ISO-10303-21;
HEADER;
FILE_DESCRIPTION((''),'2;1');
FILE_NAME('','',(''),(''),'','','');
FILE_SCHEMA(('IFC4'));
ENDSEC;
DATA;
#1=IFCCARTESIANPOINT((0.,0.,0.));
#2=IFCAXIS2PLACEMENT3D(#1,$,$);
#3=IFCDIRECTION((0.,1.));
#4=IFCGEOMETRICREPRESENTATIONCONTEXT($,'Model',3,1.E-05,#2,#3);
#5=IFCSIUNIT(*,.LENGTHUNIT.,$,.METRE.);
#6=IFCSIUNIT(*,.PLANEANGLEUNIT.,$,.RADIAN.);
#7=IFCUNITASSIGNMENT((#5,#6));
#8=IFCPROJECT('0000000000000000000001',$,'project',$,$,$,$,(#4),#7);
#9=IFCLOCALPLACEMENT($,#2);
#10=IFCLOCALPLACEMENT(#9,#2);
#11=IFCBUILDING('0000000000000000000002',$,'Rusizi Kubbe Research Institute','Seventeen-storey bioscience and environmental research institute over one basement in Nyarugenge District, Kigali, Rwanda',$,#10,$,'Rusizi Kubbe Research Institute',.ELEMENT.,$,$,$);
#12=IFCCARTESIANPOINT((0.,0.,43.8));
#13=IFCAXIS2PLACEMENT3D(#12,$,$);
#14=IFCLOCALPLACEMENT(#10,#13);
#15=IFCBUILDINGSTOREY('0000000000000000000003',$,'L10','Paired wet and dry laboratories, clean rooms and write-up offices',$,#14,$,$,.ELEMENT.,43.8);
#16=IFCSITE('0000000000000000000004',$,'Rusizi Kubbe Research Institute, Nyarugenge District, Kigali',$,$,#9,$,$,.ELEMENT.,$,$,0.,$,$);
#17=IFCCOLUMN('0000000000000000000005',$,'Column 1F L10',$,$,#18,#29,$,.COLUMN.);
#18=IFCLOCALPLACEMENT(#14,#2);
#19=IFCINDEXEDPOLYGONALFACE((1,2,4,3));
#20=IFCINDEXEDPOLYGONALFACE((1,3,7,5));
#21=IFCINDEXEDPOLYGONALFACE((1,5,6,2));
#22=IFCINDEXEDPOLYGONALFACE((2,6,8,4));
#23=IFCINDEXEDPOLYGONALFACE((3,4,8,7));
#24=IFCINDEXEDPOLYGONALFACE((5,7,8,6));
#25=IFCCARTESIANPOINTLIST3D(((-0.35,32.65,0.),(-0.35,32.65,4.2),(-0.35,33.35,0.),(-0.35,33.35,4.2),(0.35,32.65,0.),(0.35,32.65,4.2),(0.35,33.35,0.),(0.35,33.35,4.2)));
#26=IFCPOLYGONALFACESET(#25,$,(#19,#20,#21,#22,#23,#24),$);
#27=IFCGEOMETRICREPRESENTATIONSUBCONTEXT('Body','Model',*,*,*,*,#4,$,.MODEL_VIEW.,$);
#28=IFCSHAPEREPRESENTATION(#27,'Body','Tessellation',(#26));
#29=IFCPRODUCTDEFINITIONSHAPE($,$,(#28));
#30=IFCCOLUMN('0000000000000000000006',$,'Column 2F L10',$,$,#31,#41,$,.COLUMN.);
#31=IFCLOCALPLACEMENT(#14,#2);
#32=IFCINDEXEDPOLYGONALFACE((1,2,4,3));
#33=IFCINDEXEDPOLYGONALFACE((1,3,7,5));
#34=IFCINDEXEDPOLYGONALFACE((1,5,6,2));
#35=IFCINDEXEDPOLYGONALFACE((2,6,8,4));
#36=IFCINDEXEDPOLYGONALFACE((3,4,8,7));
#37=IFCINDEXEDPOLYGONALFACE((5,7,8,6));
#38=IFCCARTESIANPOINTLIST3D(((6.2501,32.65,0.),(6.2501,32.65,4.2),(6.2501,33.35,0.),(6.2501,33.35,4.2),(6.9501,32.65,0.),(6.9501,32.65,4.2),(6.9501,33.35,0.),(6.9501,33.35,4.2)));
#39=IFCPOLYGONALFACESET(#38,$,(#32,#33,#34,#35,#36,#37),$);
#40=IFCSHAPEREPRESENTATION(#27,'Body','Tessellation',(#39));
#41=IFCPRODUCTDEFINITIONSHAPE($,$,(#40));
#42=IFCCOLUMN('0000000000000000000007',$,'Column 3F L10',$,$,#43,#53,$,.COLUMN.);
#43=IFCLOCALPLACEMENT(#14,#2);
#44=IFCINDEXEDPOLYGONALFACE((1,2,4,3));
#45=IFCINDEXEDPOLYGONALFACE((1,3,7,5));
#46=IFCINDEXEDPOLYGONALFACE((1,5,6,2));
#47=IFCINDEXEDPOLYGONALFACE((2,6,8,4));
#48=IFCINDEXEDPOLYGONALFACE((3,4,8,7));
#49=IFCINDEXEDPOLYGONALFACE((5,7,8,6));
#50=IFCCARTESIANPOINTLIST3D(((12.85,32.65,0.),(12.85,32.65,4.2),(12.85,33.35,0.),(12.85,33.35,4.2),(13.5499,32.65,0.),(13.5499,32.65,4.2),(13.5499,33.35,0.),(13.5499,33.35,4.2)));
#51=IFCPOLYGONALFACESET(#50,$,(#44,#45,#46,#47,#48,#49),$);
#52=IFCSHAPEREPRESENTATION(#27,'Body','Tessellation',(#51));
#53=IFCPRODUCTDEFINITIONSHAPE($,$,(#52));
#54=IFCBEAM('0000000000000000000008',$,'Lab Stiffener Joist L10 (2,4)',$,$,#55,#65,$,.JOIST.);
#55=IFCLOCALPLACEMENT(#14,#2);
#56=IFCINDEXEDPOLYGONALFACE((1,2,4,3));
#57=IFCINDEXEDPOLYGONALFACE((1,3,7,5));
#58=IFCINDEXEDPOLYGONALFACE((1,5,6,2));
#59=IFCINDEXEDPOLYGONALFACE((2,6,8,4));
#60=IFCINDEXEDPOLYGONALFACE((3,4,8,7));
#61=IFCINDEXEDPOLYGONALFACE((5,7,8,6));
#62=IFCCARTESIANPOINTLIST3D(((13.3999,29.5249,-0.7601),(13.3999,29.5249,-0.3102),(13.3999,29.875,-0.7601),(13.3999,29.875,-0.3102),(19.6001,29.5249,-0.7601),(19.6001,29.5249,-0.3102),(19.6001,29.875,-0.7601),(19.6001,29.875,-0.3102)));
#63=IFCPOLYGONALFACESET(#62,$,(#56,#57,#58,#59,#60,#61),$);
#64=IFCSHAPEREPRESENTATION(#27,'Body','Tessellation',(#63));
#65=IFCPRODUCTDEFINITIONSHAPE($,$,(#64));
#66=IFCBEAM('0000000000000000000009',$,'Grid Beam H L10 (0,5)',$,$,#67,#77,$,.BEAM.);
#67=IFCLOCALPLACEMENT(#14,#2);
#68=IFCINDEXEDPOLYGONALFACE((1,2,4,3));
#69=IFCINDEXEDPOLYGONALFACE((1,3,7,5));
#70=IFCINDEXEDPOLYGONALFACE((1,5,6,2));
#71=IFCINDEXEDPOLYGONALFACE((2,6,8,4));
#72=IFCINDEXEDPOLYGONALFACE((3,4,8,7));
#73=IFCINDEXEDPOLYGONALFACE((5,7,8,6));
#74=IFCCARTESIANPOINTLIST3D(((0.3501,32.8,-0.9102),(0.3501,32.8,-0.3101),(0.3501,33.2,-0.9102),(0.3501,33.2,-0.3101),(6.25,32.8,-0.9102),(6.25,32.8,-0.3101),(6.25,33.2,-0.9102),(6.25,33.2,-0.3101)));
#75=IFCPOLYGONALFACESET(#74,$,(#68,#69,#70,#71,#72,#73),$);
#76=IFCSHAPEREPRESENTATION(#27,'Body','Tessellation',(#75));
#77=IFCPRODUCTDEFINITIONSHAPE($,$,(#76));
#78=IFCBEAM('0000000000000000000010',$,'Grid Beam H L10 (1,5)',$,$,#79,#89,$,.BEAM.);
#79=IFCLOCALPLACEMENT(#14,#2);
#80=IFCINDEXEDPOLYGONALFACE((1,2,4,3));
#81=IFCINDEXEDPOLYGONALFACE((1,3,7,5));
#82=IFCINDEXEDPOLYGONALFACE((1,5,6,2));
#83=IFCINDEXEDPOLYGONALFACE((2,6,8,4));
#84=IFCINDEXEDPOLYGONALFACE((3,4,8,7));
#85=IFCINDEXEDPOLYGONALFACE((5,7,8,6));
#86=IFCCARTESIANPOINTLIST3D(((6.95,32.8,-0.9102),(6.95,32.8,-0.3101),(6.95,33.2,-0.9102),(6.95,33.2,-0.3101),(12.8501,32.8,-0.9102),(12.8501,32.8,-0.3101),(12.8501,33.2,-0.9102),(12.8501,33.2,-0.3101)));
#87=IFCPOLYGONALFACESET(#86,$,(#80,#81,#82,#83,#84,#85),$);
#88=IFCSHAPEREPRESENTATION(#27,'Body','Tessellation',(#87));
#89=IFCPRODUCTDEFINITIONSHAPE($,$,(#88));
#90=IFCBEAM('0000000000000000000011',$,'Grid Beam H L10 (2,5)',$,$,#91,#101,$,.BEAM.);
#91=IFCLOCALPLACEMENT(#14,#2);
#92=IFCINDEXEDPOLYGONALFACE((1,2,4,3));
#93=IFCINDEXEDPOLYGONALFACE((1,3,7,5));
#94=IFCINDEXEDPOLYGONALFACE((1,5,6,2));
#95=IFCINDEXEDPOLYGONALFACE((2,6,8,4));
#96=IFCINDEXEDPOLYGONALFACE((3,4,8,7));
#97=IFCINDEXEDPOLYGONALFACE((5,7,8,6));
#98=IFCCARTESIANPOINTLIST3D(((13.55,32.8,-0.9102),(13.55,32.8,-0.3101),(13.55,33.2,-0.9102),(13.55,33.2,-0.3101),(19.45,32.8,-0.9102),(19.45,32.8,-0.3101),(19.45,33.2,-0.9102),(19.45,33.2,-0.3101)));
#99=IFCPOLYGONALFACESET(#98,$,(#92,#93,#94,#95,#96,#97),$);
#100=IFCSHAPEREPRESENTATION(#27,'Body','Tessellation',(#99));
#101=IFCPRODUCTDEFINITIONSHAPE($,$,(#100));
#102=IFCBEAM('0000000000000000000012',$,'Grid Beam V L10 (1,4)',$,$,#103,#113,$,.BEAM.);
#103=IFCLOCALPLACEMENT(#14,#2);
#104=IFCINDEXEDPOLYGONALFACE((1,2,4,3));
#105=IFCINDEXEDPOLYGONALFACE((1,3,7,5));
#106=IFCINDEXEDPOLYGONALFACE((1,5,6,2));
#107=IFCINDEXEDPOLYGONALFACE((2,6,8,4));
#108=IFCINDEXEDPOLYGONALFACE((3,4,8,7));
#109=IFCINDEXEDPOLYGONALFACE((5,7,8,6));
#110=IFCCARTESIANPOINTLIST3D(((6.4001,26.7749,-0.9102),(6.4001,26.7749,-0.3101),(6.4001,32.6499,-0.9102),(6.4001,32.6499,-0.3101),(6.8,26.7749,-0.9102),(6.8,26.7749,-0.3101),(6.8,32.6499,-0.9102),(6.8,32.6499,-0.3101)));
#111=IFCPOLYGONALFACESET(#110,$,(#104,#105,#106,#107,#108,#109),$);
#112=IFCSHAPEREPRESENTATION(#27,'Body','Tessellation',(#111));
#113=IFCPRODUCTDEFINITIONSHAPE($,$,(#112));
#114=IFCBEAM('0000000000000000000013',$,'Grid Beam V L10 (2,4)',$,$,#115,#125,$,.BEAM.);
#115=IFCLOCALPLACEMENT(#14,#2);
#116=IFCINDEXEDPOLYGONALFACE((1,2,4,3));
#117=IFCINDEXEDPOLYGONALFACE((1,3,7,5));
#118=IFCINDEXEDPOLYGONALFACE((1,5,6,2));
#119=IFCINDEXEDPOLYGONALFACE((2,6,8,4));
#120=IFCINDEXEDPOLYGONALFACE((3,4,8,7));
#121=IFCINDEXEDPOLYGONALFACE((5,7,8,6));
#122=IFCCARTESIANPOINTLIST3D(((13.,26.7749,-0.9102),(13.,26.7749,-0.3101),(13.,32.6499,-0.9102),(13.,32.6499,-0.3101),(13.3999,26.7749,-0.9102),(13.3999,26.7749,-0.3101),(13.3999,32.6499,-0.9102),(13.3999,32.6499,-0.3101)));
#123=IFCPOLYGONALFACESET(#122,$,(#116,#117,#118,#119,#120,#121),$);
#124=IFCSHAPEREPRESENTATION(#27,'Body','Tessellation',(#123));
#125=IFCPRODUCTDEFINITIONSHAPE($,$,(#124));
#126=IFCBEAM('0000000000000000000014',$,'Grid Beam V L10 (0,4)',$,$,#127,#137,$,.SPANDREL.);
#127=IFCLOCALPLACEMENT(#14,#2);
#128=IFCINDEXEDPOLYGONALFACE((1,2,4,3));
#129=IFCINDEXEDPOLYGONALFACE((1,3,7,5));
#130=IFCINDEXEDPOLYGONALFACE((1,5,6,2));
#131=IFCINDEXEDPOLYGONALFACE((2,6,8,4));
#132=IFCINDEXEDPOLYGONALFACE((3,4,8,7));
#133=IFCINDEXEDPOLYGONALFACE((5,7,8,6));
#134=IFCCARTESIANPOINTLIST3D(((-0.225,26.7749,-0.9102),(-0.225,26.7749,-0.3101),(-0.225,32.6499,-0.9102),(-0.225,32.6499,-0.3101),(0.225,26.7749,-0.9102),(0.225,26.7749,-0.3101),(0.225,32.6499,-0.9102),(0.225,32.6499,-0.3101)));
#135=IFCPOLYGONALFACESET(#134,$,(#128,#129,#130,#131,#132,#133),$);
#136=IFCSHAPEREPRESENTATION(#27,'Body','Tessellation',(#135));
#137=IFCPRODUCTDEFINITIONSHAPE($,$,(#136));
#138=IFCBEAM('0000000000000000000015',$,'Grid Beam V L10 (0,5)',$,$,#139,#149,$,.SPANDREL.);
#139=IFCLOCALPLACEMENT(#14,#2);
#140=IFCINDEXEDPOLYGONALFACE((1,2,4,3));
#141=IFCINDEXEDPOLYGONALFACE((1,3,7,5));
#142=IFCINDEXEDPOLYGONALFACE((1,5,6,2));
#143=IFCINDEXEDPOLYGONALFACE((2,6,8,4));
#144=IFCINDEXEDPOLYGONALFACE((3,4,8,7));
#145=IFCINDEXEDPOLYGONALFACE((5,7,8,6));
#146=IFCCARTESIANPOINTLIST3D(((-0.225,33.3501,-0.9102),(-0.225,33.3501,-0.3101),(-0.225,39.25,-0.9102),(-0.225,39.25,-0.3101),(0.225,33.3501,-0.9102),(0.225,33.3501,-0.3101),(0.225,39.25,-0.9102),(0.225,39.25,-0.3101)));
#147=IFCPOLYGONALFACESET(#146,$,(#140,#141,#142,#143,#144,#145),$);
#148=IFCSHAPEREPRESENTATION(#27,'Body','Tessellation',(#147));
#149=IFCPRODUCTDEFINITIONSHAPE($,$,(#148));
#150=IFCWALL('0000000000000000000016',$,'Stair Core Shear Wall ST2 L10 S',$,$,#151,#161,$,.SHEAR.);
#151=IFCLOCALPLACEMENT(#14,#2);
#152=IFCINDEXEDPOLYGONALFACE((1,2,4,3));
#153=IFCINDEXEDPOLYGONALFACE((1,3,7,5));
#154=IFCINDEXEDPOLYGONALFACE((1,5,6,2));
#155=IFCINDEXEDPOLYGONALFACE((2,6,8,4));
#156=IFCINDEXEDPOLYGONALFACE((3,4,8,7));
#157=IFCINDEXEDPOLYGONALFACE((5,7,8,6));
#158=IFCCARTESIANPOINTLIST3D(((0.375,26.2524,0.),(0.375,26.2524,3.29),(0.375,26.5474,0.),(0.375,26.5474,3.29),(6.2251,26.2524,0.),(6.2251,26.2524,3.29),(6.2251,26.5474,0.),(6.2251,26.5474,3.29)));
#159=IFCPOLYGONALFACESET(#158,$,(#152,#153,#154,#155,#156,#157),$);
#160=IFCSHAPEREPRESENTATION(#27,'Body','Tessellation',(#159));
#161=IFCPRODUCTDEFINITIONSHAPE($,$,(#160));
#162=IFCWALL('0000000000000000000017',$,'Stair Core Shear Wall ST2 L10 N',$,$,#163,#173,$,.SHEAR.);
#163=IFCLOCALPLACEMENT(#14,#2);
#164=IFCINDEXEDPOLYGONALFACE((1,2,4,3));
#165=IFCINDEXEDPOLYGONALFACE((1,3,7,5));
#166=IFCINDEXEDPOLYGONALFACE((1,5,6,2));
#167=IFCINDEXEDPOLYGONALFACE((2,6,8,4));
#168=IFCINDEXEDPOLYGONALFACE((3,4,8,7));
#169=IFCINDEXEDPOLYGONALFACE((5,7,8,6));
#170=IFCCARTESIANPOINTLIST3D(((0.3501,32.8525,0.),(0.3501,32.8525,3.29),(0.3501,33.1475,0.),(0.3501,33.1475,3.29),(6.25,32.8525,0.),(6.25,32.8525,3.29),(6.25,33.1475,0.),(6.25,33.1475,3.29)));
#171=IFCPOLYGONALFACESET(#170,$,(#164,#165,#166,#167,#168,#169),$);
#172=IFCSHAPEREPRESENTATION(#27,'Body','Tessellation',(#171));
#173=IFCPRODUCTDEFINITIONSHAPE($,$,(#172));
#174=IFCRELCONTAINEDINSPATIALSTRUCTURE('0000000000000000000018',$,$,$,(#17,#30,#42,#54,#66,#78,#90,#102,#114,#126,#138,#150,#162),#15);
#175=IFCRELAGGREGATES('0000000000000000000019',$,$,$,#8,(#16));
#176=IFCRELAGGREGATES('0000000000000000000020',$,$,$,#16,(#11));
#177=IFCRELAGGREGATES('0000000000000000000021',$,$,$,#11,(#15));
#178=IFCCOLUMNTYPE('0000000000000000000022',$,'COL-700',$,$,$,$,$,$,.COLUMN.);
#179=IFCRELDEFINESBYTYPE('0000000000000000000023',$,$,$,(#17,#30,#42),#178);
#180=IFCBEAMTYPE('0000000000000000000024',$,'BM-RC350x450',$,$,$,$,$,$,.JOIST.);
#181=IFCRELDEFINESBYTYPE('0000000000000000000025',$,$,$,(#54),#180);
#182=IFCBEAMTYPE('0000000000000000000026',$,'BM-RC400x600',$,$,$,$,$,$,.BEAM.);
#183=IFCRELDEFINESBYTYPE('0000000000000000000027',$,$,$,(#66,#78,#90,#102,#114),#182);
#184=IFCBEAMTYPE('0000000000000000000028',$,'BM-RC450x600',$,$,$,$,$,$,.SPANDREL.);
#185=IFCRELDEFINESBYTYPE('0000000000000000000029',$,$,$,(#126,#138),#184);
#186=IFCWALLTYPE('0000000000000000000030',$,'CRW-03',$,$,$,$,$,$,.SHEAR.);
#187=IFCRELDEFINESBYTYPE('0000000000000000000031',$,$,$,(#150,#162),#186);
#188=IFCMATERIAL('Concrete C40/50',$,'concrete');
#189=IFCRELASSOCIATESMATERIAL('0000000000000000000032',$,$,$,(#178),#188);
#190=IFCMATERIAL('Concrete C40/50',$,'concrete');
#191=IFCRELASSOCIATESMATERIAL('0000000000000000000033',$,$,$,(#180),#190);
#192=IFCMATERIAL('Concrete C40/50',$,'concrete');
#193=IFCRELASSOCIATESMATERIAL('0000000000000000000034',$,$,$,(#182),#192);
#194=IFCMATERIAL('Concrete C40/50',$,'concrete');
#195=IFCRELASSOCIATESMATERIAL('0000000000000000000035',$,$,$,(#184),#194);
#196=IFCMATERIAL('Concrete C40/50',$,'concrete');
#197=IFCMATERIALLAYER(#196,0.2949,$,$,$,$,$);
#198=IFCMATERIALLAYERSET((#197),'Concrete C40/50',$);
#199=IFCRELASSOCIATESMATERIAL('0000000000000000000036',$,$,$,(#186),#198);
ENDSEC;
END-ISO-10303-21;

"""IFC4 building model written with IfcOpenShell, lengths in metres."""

from ifc_helpers import new_model, si_unit, direction, frame, frame_2d, origin, origin_2d, place, context, subcontext, project, spatial, rectangle, extrude, material, layer, layer_set, material_profile, profile_set, type_object, element, save


model = new_model("IFC4")

# Units and contexts
model_context = context("Model", 3, precision=1e-05, world=origin(), true_north=direction((0.0, 1.0)))
body_context = subcontext(model_context, "Body", "Model", "MODEL_VIEW")
ifc_project = project(units=[si_unit("LENGTHUNIT", "METRE"), si_unit("PLANEANGLEUNIT", "RADIAN")], contexts=[model_context])

# Site, building, storey
site_placement = place(None, origin())
site = spatial("IfcSite", under=ifc_project, at=site_placement, Name="Rusizi Kubbe Research Institute, Nyarugenge District, Kigali", CompositionType="ELEMENT", RefElevation=0.0)
building_placement = place(site_placement, origin())
building = spatial("IfcBuilding", under=site, at=building_placement, Name="Rusizi Kubbe Research Institute", Description="Seventeen-storey bioscience and environmental research institute over one basement in Nyarugenge District, Kigali, Rwanda", LongName="Rusizi Kubbe Research Institute", CompositionType="ELEMENT")
storey_placement = place(building_placement, frame((0.0, 0.0, 43.8)))
storey = spatial("IfcBuildingStorey", under=building, at=storey_placement, Name="L10", Description="Paired wet and dry laboratories, clean rooms and write-up offices", CompositionType="ELEMENT", Elevation=43.8)

# Columns
ifc_material_1 = material(Name="Concrete C40/50", Category="concrete")
ifc_material_profile_1 = material_profile(ifc_material_1, rectangle(XDim=0.7, YDim=0.7, at=origin_2d()), Name="RC700x700")
ifc_profile_set_1 = profile_set([ifc_material_profile_1], Name="Concrete C40/50")
column_type = type_object("IfcColumnType", Name="COL-700", PredefinedType="COLUMN", material=ifc_profile_set_1)
for number, where, z_axis, x_axis, name in (
    (1, (0.0, 33.0, 0.0), (0.0, 0.0, 1.0), (1.0, 0.0, 0.0), "Column 1F L10"),
    (2, (6.6001, 33.0, 0.0), (0.0, 0.0, 1.0), (1.0, 0.0, 0.0), "Column 2F L10"),
    (3, (13.2, 33.0, 0.0), (0.0, 0.0, 1.0), (1.0, 0.0, 0.0), "Column 3F L10"),
):
    element("IfcColumn", number, at=place(storey_placement, frame(where, z_axis=z_axis, x_axis=x_axis)), inside=storey, type_object=column_type, Name=name, PredefinedType="COLUMN", context=body_context, shape_type="SweptSolid", body=[
        extrude(rectangle(XDim=0.7, YDim=0.7, at=origin_2d()), origin(), (0.0, 0.0, 1.0), 4.2),
    ])

# Beams
ifc_material_2 = material(Name="Concrete C40/50", Category="concrete")
ifc_material_profile_2 = material_profile(ifc_material_2, rectangle(XDim=0.3501, YDim=0.45, at=origin_2d()), Name="RC350x450")
ifc_profile_set_2 = profile_set([ifc_material_profile_2], Name="Concrete C40/50")
beam_type_1 = type_object("IfcBeamType", Name="BM-RC350x450", PredefinedType="JOIST", material=ifc_profile_set_2)
beam_1_placement = place(storey_placement, frame((13.3999, 29.7, -0.5352), z_axis=(1.0, 0.0, 0.0), x_axis=(0.0, 1.0, 0.0)))
element("IfcBeam", 4, at=beam_1_placement, inside=storey, type_object=beam_type_1, Name="Lab Stiffener Joist L10 (2,4)", PredefinedType="JOIST", context=body_context, shape_type="SweptSolid", body=[
    extrude(rectangle(XDim=0.3501, YDim=0.45, at=origin_2d()), origin(), (0.0, 0.0, 1.0), 6.2002),
])
ifc_material_3 = material(Name="Concrete C40/50", Category="concrete")
ifc_material_profile_3 = material_profile(ifc_material_3, rectangle(XDim=0.3999, YDim=0.6001, at=origin_2d()), Name="RC400x600")
ifc_profile_set_3 = profile_set([ifc_material_profile_3], Name="Concrete C40/50")
beam_type_2 = type_object("IfcBeamType", Name="BM-RC400x600", PredefinedType="BEAM", material=ifc_profile_set_3)
beam_2_placement = place(storey_placement, frame((0.3501, 33.0, -0.6101), z_axis=(1.0, 0.0, 0.0), x_axis=(0.0, 1.0, 0.0)))
element("IfcBeam", 5, at=beam_2_placement, inside=storey, type_object=beam_type_2, Name="Grid Beam H L10 (0,5)", PredefinedType="BEAM", context=body_context, shape_type="SweptSolid", body=[
    extrude(rectangle(XDim=0.3999, YDim=0.6001, at=origin_2d()), origin(), (0.0, 0.0, 1.0), 5.8999),
])
beam_3_placement = place(storey_placement, frame((6.95, 33.0, -0.6101), z_axis=(1.0, 0.0, 0.0), x_axis=(0.0, 1.0, 0.0)))
element("IfcBeam", 6, at=beam_3_placement, inside=storey, type_object=beam_type_2, Name="Grid Beam H L10 (1,5)", PredefinedType="BEAM", context=body_context, shape_type="SweptSolid", body=[
    extrude(rectangle(XDim=0.3999, YDim=0.6001, at=origin_2d()), origin(), (0.0, 0.0, 1.0), 5.9001),
])
beam_4_placement = place(storey_placement, frame((13.55, 33.0, -0.6101), z_axis=(1.0, 0.0, 0.0), x_axis=(0.0, 1.0, 0.0)))
element("IfcBeam", 7, at=beam_4_placement, inside=storey, type_object=beam_type_2, Name="Grid Beam H L10 (2,5)", PredefinedType="BEAM", context=body_context, shape_type="SweptSolid", body=[
    extrude(rectangle(XDim=0.3999, YDim=0.6001, at=origin_2d()), origin(), (0.0, 0.0, 1.0), 5.8999),
])
for number, where, z_axis, x_axis, name in (
    (8, (6.6001, 26.7749, -0.6101), (0.0, 1.0, 0.0), (-1.0, 0.0, 0.0), "Grid Beam V L10 (1,4)"),
    (9, (13.2, 26.7749, -0.6101), (0.0, 1.0, 0.0), (-1.0, 0.0, 0.0), "Grid Beam V L10 (2,4)"),
):
    element("IfcBeam", number, at=place(storey_placement, frame(where, z_axis=z_axis, x_axis=x_axis)), inside=storey, type_object=beam_type_2, Name=name, PredefinedType="BEAM", context=body_context, shape_type="SweptSolid", body=[
        extrude(rectangle(XDim=0.3999, YDim=0.6001, at=origin_2d()), origin(), (0.0, 0.0, 1.0), 5.875),
    ])
ifc_material_4 = material(Name="Concrete C40/50", Category="concrete")
ifc_material_profile_4 = material_profile(ifc_material_4, rectangle(XDim=0.45, YDim=0.6001, at=origin_2d()), Name="RC450x600")
ifc_profile_set_4 = profile_set([ifc_material_profile_4], Name="Concrete C40/50")
beam_type_3 = type_object("IfcBeamType", Name="BM-RC450x600", PredefinedType="SPANDREL", material=ifc_profile_set_4)
beam_5_placement = place(storey_placement, frame((0.0, 26.7749, -0.6101), z_axis=(0.0, 1.0, 0.0), x_axis=(-1.0, 0.0, 0.0)))
element("IfcBeam", 10, at=beam_5_placement, inside=storey, type_object=beam_type_3, Name="Grid Beam V L10 (0,4)", PredefinedType="SPANDREL", context=body_context, shape_type="SweptSolid", body=[
    extrude(rectangle(XDim=0.45, YDim=0.6001, at=origin_2d()), origin(), (0.0, 0.0, 1.0), 5.875),
])
beam_6_placement = place(storey_placement, frame((0.0, 33.3501, -0.6101), z_axis=(0.0, 1.0, 0.0), x_axis=(-1.0, 0.0, 0.0)))
element("IfcBeam", 11, at=beam_6_placement, inside=storey, type_object=beam_type_3, Name="Grid Beam V L10 (0,5)", PredefinedType="SPANDREL", context=body_context, shape_type="SweptSolid", body=[
    extrude(rectangle(XDim=0.45, YDim=0.6001, at=origin_2d()), origin(), (0.0, 0.0, 1.0), 5.8999),
])

# Walls
ifc_material_5 = material(Name="Concrete C40/50", Category="concrete")
ifc_layer_1 = layer(ifc_material_5, 0.2949)
ifc_layer_set_1 = layer_set([ifc_layer_1], Name="Concrete C40/50")
wall_type_1 = type_object("IfcWallType", Name="CRW-03", PredefinedType="SHEAR", material=ifc_layer_set_1)
wall_1_placement = place(storey_placement, frame((0.375, 26.3999, 0.0), z_axis=(0.0, 0.0, 1.0), x_axis=(1.0, 0.0, 0.0)))
element("IfcWall", 12, at=wall_1_placement, inside=storey, type_object=wall_type_1, Name="Stair Core Shear Wall ST2 L10 S", PredefinedType="SHEAR", context=body_context, shape_type="SweptSolid", body=[
    extrude(rectangle(XDim=5.8501, YDim=0.2949, at=frame_2d((2.925, 0.0))), origin(), (0.0, 0.0, 1.0), 3.29),
])
wall_2_placement = place(storey_placement, frame((0.3501, 33.0, 0.0), z_axis=(0.0, 0.0, 1.0), x_axis=(1.0, 0.0, 0.0)))
element("IfcWall", 13, at=wall_2_placement, inside=storey, type_object=wall_type_1, Name="Stair Core Shear Wall ST2 L10 N", PredefinedType="SHEAR", context=body_context, shape_type="SweptSolid", body=[
    extrude(rectangle(XDim=5.8999, YDim=0.2949, at=frame_2d((2.95, 0.0))), origin(), (0.0, 0.0, 1.0), 3.29),
])

save(model, "model.ifc")
